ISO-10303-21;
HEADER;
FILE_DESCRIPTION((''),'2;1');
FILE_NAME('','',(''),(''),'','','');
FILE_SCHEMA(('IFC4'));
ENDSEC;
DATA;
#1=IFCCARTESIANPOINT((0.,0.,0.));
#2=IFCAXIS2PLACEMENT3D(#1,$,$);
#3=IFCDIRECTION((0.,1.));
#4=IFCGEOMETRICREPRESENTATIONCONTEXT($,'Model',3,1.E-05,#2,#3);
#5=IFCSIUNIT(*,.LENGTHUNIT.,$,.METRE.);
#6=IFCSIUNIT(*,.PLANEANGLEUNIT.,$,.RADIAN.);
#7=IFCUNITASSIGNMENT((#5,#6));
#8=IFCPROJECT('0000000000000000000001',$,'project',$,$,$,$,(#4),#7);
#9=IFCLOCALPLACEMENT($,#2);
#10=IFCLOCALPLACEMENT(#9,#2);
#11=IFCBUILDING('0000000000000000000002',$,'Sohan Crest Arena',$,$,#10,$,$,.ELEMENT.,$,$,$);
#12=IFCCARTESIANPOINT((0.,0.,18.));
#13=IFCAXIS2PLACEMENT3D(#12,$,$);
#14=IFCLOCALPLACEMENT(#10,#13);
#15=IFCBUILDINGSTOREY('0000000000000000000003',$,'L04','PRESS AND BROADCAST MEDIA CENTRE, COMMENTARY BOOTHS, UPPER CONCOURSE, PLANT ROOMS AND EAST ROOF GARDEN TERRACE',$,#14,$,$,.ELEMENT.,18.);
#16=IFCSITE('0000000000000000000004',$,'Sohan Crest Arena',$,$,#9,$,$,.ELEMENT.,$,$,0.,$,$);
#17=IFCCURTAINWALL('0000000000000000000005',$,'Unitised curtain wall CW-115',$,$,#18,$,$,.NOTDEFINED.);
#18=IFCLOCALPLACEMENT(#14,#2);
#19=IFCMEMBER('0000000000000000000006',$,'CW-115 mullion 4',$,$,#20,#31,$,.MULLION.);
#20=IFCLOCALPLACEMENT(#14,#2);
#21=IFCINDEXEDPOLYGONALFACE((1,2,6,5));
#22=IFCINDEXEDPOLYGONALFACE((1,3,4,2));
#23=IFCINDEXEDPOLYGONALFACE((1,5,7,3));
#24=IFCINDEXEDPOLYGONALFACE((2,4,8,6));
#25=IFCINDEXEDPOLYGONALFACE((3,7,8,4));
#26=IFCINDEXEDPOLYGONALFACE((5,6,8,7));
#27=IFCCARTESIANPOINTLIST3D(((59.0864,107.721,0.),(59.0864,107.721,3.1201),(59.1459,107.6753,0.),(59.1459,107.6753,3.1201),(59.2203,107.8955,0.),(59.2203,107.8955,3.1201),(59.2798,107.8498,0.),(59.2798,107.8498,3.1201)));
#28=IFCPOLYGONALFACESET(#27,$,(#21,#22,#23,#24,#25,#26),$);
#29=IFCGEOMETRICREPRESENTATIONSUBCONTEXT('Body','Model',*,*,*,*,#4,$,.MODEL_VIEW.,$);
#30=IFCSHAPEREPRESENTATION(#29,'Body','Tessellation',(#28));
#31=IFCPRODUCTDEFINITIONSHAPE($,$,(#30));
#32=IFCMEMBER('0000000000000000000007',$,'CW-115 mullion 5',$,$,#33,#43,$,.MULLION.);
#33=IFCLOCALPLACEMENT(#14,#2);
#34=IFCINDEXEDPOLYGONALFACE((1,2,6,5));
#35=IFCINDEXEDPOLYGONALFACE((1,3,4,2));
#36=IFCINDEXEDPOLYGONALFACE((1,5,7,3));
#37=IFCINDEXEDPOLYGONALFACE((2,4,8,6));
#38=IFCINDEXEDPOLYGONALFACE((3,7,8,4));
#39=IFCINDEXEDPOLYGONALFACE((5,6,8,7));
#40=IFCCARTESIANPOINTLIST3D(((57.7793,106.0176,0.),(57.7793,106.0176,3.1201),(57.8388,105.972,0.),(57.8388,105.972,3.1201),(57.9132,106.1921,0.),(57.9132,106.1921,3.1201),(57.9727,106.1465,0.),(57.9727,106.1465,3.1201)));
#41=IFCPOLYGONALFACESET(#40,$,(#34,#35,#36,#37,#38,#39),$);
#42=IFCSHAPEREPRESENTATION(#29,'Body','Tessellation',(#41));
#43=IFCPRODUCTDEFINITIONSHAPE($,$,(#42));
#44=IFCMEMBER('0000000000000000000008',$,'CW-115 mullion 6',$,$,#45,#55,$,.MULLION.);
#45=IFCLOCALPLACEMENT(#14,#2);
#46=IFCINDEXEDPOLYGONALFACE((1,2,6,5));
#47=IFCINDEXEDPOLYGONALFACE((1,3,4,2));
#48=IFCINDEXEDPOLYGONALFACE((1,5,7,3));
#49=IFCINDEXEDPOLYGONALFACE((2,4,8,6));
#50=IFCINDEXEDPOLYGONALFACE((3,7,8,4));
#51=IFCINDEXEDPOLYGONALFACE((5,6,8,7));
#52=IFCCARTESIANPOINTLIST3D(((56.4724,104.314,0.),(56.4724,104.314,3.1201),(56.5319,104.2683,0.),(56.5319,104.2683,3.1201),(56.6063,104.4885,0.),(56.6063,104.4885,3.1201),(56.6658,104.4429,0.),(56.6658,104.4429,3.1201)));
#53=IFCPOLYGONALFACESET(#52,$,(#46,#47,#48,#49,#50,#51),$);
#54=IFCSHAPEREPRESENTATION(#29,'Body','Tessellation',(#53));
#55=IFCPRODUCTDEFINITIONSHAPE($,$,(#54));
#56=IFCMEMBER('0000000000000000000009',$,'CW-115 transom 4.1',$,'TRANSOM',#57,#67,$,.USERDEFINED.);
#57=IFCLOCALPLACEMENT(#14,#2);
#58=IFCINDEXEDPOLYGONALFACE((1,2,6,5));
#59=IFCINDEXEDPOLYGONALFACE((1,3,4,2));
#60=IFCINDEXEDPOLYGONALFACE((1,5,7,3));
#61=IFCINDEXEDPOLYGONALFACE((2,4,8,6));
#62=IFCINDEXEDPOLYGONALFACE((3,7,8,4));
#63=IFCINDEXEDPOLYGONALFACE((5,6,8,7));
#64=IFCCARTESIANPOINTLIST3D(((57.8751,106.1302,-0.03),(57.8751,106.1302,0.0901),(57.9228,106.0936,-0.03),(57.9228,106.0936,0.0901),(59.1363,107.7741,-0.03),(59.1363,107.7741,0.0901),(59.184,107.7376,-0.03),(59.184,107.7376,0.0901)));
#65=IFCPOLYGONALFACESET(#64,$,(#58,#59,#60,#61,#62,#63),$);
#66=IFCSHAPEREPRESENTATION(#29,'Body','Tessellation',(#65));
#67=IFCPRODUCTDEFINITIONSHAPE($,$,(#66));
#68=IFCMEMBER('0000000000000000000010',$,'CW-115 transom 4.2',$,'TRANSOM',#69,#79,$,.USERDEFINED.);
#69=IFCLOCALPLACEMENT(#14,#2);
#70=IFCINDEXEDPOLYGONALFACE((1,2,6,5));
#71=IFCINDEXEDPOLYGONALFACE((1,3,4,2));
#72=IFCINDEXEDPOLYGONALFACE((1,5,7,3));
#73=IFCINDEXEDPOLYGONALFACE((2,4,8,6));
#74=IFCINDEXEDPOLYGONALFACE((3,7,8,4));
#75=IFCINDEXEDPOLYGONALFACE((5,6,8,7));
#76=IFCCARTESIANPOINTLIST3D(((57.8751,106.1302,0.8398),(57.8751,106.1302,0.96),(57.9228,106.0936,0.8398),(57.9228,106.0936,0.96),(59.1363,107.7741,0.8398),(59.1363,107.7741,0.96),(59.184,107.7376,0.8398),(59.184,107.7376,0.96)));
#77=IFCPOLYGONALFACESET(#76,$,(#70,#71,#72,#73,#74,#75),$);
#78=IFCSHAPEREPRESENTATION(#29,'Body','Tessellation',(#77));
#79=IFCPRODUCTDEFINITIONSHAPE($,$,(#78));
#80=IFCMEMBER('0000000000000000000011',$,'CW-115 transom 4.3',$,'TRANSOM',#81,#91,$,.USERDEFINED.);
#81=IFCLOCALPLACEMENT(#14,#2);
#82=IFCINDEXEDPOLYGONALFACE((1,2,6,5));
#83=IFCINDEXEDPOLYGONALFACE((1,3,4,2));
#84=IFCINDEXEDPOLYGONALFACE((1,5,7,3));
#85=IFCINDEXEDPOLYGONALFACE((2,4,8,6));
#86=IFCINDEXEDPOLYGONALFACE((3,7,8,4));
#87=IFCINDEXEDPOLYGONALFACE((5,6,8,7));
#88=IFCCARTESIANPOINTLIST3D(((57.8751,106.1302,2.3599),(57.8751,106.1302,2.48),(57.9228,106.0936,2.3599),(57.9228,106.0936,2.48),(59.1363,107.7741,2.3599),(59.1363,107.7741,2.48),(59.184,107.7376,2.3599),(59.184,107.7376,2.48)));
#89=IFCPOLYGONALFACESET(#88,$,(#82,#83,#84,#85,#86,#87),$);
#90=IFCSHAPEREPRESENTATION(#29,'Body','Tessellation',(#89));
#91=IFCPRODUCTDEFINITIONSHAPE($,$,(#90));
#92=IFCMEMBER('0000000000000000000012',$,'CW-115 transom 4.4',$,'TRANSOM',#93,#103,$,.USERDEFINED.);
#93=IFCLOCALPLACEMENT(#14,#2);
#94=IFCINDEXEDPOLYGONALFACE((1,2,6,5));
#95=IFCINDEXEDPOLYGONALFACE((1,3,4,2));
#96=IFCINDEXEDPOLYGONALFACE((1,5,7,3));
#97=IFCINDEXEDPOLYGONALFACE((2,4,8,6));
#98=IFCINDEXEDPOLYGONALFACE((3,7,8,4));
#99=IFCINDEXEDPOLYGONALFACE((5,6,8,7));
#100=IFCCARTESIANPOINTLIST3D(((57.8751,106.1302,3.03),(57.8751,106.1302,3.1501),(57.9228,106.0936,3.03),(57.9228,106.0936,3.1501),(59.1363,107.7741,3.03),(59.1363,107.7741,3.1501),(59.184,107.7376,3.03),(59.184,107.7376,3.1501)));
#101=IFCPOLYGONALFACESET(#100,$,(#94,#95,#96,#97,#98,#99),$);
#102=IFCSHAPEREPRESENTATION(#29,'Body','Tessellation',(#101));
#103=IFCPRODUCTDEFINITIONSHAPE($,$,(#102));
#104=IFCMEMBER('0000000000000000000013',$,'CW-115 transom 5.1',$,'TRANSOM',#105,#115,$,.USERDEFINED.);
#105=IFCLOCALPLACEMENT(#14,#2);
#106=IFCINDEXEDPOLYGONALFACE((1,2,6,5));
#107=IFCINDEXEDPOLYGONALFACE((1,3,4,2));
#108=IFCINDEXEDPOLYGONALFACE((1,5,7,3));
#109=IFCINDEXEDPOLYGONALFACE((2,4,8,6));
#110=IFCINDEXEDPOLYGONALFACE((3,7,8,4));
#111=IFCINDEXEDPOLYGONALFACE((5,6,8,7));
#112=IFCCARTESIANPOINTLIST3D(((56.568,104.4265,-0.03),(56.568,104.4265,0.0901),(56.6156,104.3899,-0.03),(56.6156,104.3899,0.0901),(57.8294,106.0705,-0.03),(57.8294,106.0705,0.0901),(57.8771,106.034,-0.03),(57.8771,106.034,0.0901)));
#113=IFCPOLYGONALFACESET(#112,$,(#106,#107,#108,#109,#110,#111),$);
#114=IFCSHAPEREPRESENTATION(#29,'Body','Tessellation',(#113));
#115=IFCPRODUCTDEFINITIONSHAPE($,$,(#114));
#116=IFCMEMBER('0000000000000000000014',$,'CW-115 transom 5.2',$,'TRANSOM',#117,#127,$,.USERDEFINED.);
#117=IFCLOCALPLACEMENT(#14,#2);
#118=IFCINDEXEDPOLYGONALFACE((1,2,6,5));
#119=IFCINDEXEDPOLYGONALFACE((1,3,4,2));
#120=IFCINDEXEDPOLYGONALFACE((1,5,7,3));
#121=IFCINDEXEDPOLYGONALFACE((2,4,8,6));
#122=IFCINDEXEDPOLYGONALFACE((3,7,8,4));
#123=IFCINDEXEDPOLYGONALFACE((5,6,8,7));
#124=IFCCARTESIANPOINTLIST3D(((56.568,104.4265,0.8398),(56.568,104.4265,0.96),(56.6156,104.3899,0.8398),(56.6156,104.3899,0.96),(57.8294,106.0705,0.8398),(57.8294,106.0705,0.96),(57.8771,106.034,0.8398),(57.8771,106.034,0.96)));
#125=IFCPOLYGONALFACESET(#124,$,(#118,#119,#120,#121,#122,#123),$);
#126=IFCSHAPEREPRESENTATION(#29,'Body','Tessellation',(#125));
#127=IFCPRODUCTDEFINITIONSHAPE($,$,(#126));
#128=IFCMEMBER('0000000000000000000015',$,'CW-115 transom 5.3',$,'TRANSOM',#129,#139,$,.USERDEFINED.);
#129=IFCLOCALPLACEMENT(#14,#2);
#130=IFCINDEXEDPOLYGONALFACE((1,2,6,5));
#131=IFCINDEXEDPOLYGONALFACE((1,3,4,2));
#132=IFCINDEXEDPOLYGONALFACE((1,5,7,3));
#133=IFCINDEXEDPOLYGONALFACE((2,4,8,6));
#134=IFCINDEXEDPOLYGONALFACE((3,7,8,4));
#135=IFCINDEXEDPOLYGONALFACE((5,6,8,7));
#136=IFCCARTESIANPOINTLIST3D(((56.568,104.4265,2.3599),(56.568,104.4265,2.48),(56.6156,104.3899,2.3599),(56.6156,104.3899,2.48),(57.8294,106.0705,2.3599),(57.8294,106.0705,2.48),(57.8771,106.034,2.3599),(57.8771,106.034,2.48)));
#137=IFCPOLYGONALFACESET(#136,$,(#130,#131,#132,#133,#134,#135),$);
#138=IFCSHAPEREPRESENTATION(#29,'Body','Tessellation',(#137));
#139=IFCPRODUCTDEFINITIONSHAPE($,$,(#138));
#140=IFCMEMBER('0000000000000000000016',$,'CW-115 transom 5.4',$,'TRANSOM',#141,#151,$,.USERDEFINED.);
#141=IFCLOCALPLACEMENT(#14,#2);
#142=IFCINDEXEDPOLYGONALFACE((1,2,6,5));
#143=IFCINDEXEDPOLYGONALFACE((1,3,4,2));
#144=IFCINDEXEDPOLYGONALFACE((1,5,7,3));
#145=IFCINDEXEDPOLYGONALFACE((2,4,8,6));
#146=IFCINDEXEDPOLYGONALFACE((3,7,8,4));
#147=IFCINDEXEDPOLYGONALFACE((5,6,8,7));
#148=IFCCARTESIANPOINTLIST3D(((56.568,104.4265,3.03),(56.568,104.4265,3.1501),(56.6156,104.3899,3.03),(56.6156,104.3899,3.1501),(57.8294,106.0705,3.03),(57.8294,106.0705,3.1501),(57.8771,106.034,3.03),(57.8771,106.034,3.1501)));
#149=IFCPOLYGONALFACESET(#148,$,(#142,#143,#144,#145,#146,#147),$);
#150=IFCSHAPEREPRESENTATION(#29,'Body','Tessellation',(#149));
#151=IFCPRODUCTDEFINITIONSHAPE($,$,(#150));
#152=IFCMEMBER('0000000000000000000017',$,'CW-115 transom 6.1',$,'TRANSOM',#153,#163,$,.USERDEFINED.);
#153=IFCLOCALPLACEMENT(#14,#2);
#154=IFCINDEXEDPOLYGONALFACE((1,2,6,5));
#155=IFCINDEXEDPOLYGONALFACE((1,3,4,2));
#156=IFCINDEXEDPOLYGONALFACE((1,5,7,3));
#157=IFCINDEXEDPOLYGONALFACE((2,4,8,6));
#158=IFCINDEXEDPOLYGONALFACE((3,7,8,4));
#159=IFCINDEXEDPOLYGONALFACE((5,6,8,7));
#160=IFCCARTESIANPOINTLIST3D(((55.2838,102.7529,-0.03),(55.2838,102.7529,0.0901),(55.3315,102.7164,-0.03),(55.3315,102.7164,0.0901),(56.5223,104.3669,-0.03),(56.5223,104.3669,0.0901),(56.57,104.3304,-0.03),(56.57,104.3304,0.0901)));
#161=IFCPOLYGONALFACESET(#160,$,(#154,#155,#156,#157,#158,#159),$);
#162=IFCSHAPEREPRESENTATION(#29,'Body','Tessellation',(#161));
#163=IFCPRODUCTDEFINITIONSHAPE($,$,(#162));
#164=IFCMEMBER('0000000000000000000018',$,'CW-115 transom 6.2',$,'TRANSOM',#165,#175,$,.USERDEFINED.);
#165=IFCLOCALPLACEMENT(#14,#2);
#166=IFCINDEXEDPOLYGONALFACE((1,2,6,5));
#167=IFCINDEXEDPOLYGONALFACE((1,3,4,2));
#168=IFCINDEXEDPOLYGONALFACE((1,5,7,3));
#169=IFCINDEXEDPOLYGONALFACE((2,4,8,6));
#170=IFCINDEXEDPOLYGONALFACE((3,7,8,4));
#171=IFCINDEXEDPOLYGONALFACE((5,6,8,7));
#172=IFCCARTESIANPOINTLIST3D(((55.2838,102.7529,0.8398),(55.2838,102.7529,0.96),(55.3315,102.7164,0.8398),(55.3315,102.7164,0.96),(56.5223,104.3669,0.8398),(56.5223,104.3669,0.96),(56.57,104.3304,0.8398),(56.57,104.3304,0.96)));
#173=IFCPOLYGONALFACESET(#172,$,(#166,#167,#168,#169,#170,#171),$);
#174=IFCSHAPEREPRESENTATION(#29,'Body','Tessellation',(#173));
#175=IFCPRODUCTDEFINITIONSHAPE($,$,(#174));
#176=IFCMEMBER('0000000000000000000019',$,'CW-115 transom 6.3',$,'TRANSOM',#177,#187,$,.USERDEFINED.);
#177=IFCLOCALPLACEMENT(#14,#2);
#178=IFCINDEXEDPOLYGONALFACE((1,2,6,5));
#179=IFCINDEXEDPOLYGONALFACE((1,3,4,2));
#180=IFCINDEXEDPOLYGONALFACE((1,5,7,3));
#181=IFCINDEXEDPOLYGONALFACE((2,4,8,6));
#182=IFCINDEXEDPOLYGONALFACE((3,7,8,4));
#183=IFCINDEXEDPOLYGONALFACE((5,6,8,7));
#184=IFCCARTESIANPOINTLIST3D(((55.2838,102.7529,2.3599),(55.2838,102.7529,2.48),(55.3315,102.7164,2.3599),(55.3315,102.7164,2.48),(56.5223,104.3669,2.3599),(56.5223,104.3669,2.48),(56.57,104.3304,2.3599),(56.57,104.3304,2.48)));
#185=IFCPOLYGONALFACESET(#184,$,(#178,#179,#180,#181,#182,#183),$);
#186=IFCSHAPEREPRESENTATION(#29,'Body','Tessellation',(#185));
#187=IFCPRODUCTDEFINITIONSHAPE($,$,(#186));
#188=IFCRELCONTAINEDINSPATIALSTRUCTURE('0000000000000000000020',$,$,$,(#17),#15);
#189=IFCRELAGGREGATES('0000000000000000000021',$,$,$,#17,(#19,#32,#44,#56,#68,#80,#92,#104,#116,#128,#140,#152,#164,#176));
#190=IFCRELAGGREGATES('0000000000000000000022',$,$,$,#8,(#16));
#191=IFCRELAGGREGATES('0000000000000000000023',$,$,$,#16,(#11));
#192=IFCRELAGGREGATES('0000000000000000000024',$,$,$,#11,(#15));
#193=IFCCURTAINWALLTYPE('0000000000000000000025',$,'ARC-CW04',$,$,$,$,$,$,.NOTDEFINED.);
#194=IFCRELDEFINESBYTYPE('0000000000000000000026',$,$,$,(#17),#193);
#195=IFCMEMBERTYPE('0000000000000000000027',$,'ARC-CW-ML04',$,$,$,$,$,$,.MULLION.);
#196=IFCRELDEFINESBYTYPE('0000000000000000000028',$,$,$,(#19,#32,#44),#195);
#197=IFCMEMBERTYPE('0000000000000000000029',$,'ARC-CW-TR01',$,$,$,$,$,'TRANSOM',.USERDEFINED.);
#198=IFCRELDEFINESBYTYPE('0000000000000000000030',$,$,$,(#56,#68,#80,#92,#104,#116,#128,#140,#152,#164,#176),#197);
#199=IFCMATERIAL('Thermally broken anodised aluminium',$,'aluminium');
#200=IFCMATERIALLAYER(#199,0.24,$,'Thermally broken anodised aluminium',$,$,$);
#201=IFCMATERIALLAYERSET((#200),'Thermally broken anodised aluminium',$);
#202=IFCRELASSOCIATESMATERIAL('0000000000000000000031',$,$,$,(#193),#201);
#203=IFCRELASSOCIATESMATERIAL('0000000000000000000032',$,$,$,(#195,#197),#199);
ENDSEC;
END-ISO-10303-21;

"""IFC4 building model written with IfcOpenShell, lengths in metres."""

from ifc_helpers import new_model, si_unit, direction, frame, origin, origin_2d, place, context, subcontext, project, spatial, rectangle, extrude, material, layer, layer_set, material_profile, profile_set, type_object, element, aggregate, save


model = new_model("IFC4")

# Units and contexts
model_context = context("Model", 3, precision=1e-05, world=origin(), true_north=direction((0.0, 1.0)))
body_context = subcontext(model_context, "Body", "Model", "MODEL_VIEW")
ifc_project = project(units=[si_unit("LENGTHUNIT", "METRE"), si_unit("PLANEANGLEUNIT", "RADIAN")], contexts=[model_context])

# Site, building, storey
site_placement = place(None, origin())
site = spatial("IfcSite", under=ifc_project, at=site_placement, Name="Sohan Crest Arena", CompositionType="ELEMENT", RefElevation=0.0)
building_placement = place(site_placement, origin())
building = spatial("IfcBuilding", under=site, at=building_placement, Name="Sohan Crest Arena", CompositionType="ELEMENT")
storey_placement = place(building_placement, frame((0.0, 0.0, 18.0)))
storey = spatial("IfcBuildingStorey", under=building, at=storey_placement, Name="L04", Description="PRESS AND BROADCAST MEDIA CENTRE, COMMENTARY BOOTHS, UPPER CONCOURSE, PLANT ROOMS AND EAST ROOF GARDEN TERRACE", CompositionType="ELEMENT", Elevation=18.0)

# Curtain wall, members
ifc_material_1 = material(Name="Thermally broken anodised aluminium", Category="aluminium")
ifc_layer_1 = layer(ifc_material_1, 0.24, Name="Thermally broken anodised aluminium")
ifc_layer_set_1 = layer_set([ifc_layer_1], Name="Thermally broken anodised aluminium")
curtain_wall_type = type_object("IfcCurtainWallType", Name="ARC-CW04", PredefinedType="NOTDEFINED", material=ifc_layer_set_1)
curtain_wall_placement = place(storey_placement, origin())
curtain_wall = element("IfcCurtainWall", 1, at=curtain_wall_placement, inside=storey, type_object=curtain_wall_type, Name="Unitised curtain wall CW-115", PredefinedType="NOTDEFINED")
ifc_material_profile_1 = material_profile(ifc_material_1, rectangle(XDim=0.075, YDim=0.22, at=origin_2d()), Name="ALU-MULL 75x220")
ifc_profile_set_1 = profile_set([ifc_material_profile_1], Name="Thermally broken anodised aluminium")
member_type_1 = type_object("IfcMemberType", Name="ARC-CW-ML04", PredefinedType="MULLION", material=ifc_profile_set_1)
member_1_placement = place(storey_placement, frame((59.1831, 107.7854, 0.0), z_axis=(0.0, 0.0, 1.0), x_axis=(0.793385, -0.60872, 0.0)))
member_1 = element("IfcMember", 2, at=member_1_placement, type_object=member_type_1, Name="CW-115 mullion 4", PredefinedType="MULLION", context=body_context, shape_type="SweptSolid", body=[
    extrude(rectangle(XDim=0.075, YDim=0.22, at=origin_2d()), origin(), (0.0, 0.0, 1.0), 3.1201),
])
member_2_placement = place(storey_placement, frame((57.876, 106.082, 0.0), z_axis=(0.0, 0.0, 1.0), x_axis=(0.793385, -0.60872, 0.0)))
member_2 = element("IfcMember", 3, at=member_2_placement, type_object=member_type_1, Name="CW-115 mullion 5", PredefinedType="MULLION", context=body_context, shape_type="SweptSolid", body=[
    extrude(rectangle(XDim=0.075, YDim=0.22, at=origin_2d()), origin(), (0.0, 0.0, 1.0), 3.1201),
])
member_3_placement = place(storey_placement, frame((56.5691, 104.3784, 0.0), z_axis=(0.0, 0.0, 1.0), x_axis=(0.793385, -0.60872, 0.0)))
member_3 = element("IfcMember", 4, at=member_3_placement, type_object=member_type_1, Name="CW-115 mullion 6", PredefinedType="MULLION", context=body_context, shape_type="SweptSolid", body=[
    extrude(rectangle(XDim=0.075, YDim=0.22, at=origin_2d()), origin(), (0.0, 0.0, 1.0), 3.1201),
])
ifc_material_profile_2 = material_profile(ifc_material_1, rectangle(XDim=0.0601, YDim=0.1201, at=origin_2d()), Name="ALU-TRAN 60x120")
ifc_profile_set_2 = profile_set([ifc_material_profile_2], Name="Thermally broken anodised aluminium")
member_type_2 = type_object("IfcMemberType", Name="ARC-CW-TR01", ElementType="TRANSOM", PredefinedType="USERDEFINED", material=ifc_profile_set_2)
member_4_placement = place(storey_placement, frame((59.1602, 107.7559, 0.03), z_axis=(-0.608674, -0.79342, 0.0), x_axis=(0.79342, -0.608674, 0.0)))
member_4 = element("IfcMember", 5, at=member_4_placement, type_object=member_type_2, Name="CW-115 transom 4.1", ObjectType="TRANSOM", PredefinedType="USERDEFINED", context=body_context, shape_type="SweptSolid", body=[
    extrude(rectangle(XDim=0.0601, YDim=0.1201, at=origin_2d()), origin(), (0.0, 0.0, 1.0), 2.072),
])
member_5_placement = place(storey_placement, frame((59.1602, 107.7559, 0.8999), z_axis=(-0.608674, -0.79342, 0.0), x_axis=(0.79342, -0.608674, 0.0)))
member_5 = element("IfcMember", 6, at=member_5_placement, type_object=member_type_2, Name="CW-115 transom 4.2", ObjectType="TRANSOM", PredefinedType="USERDEFINED", context=body_context, shape_type="SweptSolid", body=[
    extrude(rectangle(XDim=0.0601, YDim=0.1201, at=origin_2d()), origin(), (0.0, 0.0, 1.0), 2.072),
])
member_6_placement = place(storey_placement, frame((59.1602, 107.7559, 2.4199), z_axis=(-0.608674, -0.79342, 0.0), x_axis=(0.79342, -0.608674, 0.0)))
member_6 = element("IfcMember", 7, at=member_6_placement, type_object=member_type_2, Name="CW-115 transom 4.3", ObjectType="TRANSOM", PredefinedType="USERDEFINED", context=body_context, shape_type="SweptSolid", body=[
    extrude(rectangle(XDim=0.0601, YDim=0.1201, at=origin_2d()), origin(), (0.0, 0.0, 1.0), 2.072),
])
member_7_placement = place(storey_placement, frame((59.1602, 107.7559, 3.0901), z_axis=(-0.608674, -0.79342, 0.0), x_axis=(0.79342, -0.608674, 0.0)))
member_7 = element("IfcMember", 8, at=member_7_placement, type_object=member_type_2, Name="CW-115 transom 4.4", ObjectType="TRANSOM", PredefinedType="USERDEFINED", context=body_context, shape_type="SweptSolid", body=[
    extrude(rectangle(XDim=0.0601, YDim=0.1201, at=origin_2d()), origin(), (0.0, 0.0, 1.0), 2.072),
])
member_8_placement = place(storey_placement, frame((57.8533, 106.0522, 0.03), z_axis=(-0.608748, -0.793364, 0.0), x_axis=(0.793364, -0.608748, 0.0)))
member_8 = element("IfcMember", 9, at=member_8_placement, type_object=member_type_2, Name="CW-115 transom 5.1", ObjectType="TRANSOM", PredefinedType="USERDEFINED", context=body_context, shape_type="SweptSolid", body=[
    extrude(rectangle(XDim=0.0601, YDim=0.1201, at=origin_2d()), origin(), (0.0, 0.0, 1.0), 2.0723),
])
member_9_placement = place(storey_placement, frame((57.8533, 106.0522, 0.8999), z_axis=(-0.608748, -0.793364, 0.0), x_axis=(0.793364, -0.608748, 0.0)))
member_9 = element("IfcMember", 10, at=member_9_placement, type_object=member_type_2, Name="CW-115 transom 5.2", ObjectType="TRANSOM", PredefinedType="USERDEFINED", context=body_context, shape_type="SweptSolid", body=[
    extrude(rectangle(XDim=0.0601, YDim=0.1201, at=origin_2d()), origin(), (0.0, 0.0, 1.0), 2.0723),
])
member_10_placement = place(storey_placement, frame((57.8533, 106.0522, 2.4199), z_axis=(-0.608748, -0.793364, 0.0), x_axis=(0.793364, -0.608748, 0.0)))
member_10 = element("IfcMember", 11, at=member_10_placement, type_object=member_type_2, Name="CW-115 transom 5.3", ObjectType="TRANSOM", PredefinedType="USERDEFINED", context=body_context, shape_type="SweptSolid", body=[
    extrude(rectangle(XDim=0.0601, YDim=0.1201, at=origin_2d()), origin(), (0.0, 0.0, 1.0), 2.0723),
])
member_11_placement = place(storey_placement, frame((57.8533, 106.0522, 3.0901), z_axis=(-0.608748, -0.793364, 0.0), x_axis=(0.793364, -0.608748, 0.0)))
member_11 = element("IfcMember", 12, at=member_11_placement, type_object=member_type_2, Name="CW-115 transom 5.4", ObjectType="TRANSOM", PredefinedType="USERDEFINED", context=body_context, shape_type="SweptSolid", body=[
    extrude(rectangle(XDim=0.0601, YDim=0.1201, at=origin_2d()), origin(), (0.0, 0.0, 1.0), 2.0723),
])
member_12_placement = place(storey_placement, frame((56.5461, 104.3486, 0.03), z_axis=(-0.608777, -0.793342, 0.0), x_axis=(0.793342, -0.608777, 0.0)))
member_12 = element("IfcMember", 13, at=member_12_placement, type_object=member_type_2, Name="CW-115 transom 6.1", ObjectType="TRANSOM", PredefinedType="USERDEFINED", context=body_context, shape_type="SweptSolid", body=[
    extrude(rectangle(XDim=0.0601, YDim=0.1201, at=origin_2d()), origin(), (0.0, 0.0, 1.0), 2.0344),
])
member_13_placement = place(storey_placement, frame((56.5461, 104.3486, 0.8999), z_axis=(-0.608777, -0.793342, 0.0), x_axis=(0.793342, -0.608777, 0.0)))
member_13 = element("IfcMember", 14, at=member_13_placement, type_object=member_type_2, Name="CW-115 transom 6.2", ObjectType="TRANSOM", PredefinedType="USERDEFINED", context=body_context, shape_type="SweptSolid", body=[
    extrude(rectangle(XDim=0.0601, YDim=0.1201, at=origin_2d()), origin(), (0.0, 0.0, 1.0), 2.0344),
])
member_14_placement = place(storey_placement, frame((56.5461, 104.3486, 2.4199), z_axis=(-0.608777, -0.793342, 0.0), x_axis=(0.793342, -0.608777, 0.0)))
member_14 = element("IfcMember", 15, at=member_14_placement, type_object=member_type_2, Name="CW-115 transom 6.3", ObjectType="TRANSOM", PredefinedType="USERDEFINED", context=body_context, shape_type="SweptSolid", body=[
    extrude(rectangle(XDim=0.0601, YDim=0.1201, at=origin_2d()), origin(), (0.0, 0.0, 1.0), 2.0344),
])

aggregate(curtain_wall, [member_1, member_2, member_3, member_4, member_5, member_6, member_7, member_8, member_9, member_10, member_11, member_12, member_13, member_14])

save(model, "model.ifc")
